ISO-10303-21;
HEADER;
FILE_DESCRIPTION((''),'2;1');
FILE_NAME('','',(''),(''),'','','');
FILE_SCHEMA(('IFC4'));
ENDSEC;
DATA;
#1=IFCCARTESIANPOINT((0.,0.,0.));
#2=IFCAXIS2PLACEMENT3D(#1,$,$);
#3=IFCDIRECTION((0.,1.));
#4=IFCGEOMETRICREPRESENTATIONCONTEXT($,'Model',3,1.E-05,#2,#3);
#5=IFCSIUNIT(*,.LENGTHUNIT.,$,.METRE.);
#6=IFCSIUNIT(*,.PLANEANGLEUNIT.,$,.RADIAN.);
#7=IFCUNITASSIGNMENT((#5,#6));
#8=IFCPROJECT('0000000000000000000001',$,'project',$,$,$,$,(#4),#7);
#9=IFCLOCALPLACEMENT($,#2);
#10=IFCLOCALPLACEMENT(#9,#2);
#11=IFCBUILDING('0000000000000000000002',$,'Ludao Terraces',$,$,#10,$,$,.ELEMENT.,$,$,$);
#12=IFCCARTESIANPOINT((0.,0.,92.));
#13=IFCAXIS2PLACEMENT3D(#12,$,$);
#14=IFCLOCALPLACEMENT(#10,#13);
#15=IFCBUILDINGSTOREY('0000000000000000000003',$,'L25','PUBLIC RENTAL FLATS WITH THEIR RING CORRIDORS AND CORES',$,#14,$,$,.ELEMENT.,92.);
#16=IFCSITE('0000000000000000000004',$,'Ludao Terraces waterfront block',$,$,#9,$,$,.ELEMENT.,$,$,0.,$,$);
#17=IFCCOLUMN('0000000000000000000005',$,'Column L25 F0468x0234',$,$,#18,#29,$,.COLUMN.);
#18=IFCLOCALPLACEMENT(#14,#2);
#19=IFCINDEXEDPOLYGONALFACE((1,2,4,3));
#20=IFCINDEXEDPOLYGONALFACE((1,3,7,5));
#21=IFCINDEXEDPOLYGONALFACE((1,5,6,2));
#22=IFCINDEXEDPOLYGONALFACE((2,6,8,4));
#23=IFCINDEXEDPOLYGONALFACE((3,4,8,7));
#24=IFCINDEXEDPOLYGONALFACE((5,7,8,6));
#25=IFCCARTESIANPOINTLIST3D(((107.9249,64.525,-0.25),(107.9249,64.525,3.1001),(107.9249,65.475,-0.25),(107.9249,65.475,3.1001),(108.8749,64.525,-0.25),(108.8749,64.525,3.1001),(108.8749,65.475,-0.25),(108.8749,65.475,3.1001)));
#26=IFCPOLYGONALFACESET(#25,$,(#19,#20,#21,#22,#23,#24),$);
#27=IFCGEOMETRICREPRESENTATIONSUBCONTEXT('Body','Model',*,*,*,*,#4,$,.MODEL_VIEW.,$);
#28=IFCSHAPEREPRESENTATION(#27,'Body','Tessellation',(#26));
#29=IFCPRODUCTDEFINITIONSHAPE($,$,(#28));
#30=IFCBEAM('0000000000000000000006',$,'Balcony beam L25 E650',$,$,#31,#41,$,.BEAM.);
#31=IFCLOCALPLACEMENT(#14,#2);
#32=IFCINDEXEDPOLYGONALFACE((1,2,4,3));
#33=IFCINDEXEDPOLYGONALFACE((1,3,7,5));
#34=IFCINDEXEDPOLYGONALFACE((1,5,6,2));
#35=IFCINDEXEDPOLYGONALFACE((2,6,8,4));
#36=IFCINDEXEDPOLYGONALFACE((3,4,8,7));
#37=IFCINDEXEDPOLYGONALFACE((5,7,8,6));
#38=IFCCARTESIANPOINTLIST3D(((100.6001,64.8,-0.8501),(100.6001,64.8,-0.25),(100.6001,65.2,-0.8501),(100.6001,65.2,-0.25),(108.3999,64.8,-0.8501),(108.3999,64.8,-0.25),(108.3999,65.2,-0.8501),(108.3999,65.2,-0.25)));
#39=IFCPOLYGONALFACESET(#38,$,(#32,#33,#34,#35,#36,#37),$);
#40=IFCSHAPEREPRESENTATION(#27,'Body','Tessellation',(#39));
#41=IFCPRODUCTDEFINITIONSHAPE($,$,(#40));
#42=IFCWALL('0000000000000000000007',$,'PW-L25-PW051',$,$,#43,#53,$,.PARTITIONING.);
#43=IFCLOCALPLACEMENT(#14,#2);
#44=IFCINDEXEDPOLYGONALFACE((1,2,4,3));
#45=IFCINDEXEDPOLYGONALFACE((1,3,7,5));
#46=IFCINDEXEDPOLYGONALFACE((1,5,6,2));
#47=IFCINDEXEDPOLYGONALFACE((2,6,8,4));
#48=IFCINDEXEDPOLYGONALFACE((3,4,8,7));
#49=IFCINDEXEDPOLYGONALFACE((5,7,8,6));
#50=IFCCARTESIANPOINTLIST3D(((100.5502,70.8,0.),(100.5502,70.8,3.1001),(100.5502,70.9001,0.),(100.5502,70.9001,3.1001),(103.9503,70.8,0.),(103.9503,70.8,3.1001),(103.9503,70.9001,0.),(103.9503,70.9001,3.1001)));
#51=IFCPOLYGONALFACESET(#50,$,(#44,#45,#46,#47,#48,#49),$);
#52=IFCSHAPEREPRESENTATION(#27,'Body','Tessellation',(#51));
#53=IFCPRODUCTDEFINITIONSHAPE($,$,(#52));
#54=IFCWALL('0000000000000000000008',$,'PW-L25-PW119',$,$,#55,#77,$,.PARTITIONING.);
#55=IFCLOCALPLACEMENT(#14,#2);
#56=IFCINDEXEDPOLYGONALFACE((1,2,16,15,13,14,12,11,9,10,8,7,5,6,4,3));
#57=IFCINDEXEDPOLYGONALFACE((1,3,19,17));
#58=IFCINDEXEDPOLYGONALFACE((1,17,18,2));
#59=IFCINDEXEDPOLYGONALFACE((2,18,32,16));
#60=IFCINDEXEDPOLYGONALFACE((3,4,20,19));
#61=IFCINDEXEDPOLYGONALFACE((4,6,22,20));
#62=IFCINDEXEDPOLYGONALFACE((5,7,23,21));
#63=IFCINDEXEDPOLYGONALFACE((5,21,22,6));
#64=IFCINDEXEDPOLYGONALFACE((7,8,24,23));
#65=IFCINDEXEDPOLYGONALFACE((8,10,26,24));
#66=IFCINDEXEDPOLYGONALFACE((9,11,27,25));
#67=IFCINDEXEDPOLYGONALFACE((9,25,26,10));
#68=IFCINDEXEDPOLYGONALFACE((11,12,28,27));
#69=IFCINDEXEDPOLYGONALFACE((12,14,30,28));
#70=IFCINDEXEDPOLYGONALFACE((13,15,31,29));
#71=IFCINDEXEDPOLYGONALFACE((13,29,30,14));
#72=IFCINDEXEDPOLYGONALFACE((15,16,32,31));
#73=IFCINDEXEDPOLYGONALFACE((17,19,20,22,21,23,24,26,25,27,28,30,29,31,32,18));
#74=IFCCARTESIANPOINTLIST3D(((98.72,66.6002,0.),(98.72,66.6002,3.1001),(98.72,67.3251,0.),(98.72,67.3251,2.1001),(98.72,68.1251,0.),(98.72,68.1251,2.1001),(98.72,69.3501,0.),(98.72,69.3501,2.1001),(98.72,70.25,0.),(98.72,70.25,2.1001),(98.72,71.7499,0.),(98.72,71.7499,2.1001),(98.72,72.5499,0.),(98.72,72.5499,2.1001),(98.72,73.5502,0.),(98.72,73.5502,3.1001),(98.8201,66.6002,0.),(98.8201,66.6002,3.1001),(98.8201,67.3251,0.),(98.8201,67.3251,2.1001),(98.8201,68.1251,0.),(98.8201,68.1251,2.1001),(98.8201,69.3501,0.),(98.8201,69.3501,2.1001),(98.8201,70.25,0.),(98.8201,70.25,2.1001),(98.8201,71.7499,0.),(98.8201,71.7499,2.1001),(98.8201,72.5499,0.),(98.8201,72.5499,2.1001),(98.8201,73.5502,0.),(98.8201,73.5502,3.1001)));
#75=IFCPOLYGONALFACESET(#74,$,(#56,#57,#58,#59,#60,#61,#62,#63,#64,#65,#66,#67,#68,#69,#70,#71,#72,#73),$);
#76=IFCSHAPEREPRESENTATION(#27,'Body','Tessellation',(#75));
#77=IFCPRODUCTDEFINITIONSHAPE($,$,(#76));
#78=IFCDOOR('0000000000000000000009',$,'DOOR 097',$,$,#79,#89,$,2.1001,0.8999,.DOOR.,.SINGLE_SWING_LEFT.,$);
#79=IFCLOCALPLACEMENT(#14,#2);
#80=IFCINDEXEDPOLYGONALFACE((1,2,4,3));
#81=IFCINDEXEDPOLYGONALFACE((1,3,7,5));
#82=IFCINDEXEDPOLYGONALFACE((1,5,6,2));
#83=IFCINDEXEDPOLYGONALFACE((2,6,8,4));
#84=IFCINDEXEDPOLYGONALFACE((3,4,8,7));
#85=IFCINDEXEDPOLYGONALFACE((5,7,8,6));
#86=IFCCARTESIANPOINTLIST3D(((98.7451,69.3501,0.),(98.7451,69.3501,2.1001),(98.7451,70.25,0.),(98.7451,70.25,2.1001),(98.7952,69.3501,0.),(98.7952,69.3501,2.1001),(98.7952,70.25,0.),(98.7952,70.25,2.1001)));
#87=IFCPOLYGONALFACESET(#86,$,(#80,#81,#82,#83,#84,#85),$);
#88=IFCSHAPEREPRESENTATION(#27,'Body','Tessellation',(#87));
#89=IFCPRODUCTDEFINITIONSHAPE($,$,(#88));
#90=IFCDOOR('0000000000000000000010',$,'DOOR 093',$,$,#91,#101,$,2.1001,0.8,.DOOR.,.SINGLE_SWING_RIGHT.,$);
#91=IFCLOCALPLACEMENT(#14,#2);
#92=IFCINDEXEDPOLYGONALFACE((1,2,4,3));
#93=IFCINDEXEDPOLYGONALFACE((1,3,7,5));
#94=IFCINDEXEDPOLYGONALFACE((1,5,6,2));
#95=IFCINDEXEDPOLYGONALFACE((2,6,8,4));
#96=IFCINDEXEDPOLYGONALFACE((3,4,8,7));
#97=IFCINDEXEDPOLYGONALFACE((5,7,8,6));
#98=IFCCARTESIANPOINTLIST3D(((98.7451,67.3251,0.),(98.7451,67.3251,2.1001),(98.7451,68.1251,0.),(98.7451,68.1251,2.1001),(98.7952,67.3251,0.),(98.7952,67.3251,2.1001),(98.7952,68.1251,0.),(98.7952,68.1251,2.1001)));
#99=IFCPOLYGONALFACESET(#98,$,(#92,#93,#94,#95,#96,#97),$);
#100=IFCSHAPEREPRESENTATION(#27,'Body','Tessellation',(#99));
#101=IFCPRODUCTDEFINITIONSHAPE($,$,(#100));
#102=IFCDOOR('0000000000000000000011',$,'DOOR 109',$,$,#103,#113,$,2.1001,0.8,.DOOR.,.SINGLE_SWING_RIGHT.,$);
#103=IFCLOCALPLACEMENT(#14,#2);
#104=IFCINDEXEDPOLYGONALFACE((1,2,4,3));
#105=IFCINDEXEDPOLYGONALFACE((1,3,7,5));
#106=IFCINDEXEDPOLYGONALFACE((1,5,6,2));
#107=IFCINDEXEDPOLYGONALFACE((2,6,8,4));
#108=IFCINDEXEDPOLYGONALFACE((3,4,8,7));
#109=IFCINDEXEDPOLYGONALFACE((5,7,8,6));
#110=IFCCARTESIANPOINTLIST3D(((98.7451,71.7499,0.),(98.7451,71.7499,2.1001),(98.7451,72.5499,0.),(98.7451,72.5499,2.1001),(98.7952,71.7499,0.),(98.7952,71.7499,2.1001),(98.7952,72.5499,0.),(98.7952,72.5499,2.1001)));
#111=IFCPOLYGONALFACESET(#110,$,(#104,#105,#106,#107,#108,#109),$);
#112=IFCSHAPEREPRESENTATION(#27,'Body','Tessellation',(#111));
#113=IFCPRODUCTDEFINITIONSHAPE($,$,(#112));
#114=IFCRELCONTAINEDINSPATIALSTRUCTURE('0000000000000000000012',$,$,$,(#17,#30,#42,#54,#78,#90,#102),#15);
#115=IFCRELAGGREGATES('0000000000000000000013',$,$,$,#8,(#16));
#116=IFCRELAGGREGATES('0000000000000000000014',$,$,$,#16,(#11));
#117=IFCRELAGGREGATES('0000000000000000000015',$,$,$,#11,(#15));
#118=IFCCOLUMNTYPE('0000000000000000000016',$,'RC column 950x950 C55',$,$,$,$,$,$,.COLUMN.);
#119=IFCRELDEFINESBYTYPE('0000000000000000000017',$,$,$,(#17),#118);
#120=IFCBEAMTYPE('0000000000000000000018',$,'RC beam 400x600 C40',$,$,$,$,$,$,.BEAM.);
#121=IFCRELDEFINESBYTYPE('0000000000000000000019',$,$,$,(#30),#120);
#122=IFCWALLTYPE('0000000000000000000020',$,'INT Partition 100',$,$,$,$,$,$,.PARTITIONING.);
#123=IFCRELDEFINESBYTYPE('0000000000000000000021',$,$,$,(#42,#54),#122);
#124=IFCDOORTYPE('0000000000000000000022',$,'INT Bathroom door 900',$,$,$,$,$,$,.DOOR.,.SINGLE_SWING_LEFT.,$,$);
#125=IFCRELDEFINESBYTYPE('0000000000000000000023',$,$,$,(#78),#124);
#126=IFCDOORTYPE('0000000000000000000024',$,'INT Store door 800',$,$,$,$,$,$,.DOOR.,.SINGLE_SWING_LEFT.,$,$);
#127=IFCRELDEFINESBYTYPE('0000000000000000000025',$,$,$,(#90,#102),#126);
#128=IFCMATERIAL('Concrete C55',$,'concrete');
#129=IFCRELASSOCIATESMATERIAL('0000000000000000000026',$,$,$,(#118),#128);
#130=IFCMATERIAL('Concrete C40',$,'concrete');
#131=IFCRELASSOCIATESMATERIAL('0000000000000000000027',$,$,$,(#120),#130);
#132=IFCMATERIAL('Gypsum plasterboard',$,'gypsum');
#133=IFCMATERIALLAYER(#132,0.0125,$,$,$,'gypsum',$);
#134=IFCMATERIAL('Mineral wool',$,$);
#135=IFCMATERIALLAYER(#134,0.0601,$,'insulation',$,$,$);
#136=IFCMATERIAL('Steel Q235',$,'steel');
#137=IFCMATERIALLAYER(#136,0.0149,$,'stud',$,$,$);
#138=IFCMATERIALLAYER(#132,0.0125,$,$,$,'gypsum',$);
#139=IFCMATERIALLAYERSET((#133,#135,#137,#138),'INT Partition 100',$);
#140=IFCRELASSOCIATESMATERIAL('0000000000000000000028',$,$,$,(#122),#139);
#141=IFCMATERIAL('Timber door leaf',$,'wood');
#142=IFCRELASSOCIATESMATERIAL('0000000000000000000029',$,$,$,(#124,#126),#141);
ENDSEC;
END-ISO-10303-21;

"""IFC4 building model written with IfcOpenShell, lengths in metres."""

from ifc_helpers import new_model, si_unit, direction, frame, frame_2d, origin, origin_2d, place, context, subcontext, project, spatial, rectangle, extrude, material, layer, layer_set, material_profile, profile_set, type_object, element, fill, save


model = new_model("IFC4")

# Units and contexts
model_context = context("Model", 3, precision=1e-05, world=origin(), true_north=direction((0.0, 1.0)))
body_context = subcontext(model_context, "Body", "Model", "MODEL_VIEW")
ifc_project = project(units=[si_unit("LENGTHUNIT", "METRE"), si_unit("PLANEANGLEUNIT", "RADIAN")], contexts=[model_context])

# Site, building, storey
site_placement = place(None, origin())
site = spatial("IfcSite", under=ifc_project, at=site_placement, Name="Ludao Terraces waterfront block", CompositionType="ELEMENT", RefElevation=0.0)
building_placement = place(site_placement, origin())
building = spatial("IfcBuilding", under=site, at=building_placement, Name="Ludao Terraces", CompositionType="ELEMENT")
storey_placement = place(building_placement, frame((0.0, 0.0, 92.0)))
storey = spatial("IfcBuildingStorey", under=building, at=storey_placement, Name="L25", Description="PUBLIC RENTAL FLATS WITH THEIR RING CORRIDORS AND CORES", CompositionType="ELEMENT", Elevation=92.0)

# Column
ifc_material_1 = material(Name="Concrete C55", Category="concrete")
ifc_material_profile_1 = material_profile(ifc_material_1, rectangle(XDim=0.95, YDim=0.95, at=origin_2d()), Name="950 X 950")
ifc_profile_set_1 = profile_set([ifc_material_profile_1], Name="Concrete C55")
column_type = type_object("IfcColumnType", Name="RC column 950x950 C55", PredefinedType="COLUMN", material=ifc_profile_set_1)
column_placement = place(storey_placement, frame((108.3999, 65.0, -0.25), z_axis=(0.0, 0.0, 1.0), x_axis=(1.0, 0.0, 0.0)))
element("IfcColumn", 1, at=column_placement, inside=storey, type_object=column_type, Name="Column L25 F0468x0234", PredefinedType="COLUMN", context=body_context, shape_type="SweptSolid", body=[
    extrude(rectangle(XDim=0.95, YDim=0.95, at=origin_2d()), origin(), (0.0, 0.0, 1.0), 3.3501),
])

# Beam
ifc_material_2 = material(Name="Concrete C40", Category="concrete")
ifc_material_profile_2 = material_profile(ifc_material_2, rectangle(XDim=0.3999, YDim=0.6001, at=origin_2d()), Name="400 X 600")
ifc_profile_set_2 = profile_set([ifc_material_profile_2], Name="Concrete C40")
beam_type = type_object("IfcBeamType", Name="RC beam 400x600 C40", PredefinedType="BEAM", material=ifc_profile_set_2)
beam_placement = place(storey_placement, frame((100.6001, 65.0, -0.55), z_axis=(1.0, 0.0, 0.0), x_axis=(0.0, 1.0, 0.0)))
element("IfcBeam", 2, at=beam_placement, inside=storey, type_object=beam_type, Name="Balcony beam L25 E650", PredefinedType="BEAM", context=body_context, shape_type="SweptSolid", body=[
    extrude(rectangle(XDim=0.3999, YDim=0.6001, at=origin_2d()), origin(), (0.0, 0.0, 1.0), 7.7998),
])

# Shared definitions
ifc_material_3 = material(Name="Mineral wool")

# Wall
ifc_material_4 = material(Name="Gypsum plasterboard", Category="gypsum")
ifc_layer_1 = layer(ifc_material_4, 0.0125, Category="gypsum")
ifc_layer_2 = layer(ifc_material_3, 0.0601, Name="insulation")
ifc_material_5 = material(Name="Steel Q235", Category="steel")
ifc_layer_3 = layer(ifc_material_5, 0.0149, Name="stud")
ifc_layer_4 = layer(ifc_material_4, 0.0125, Category="gypsum")
ifc_layer_set_1 = layer_set([ifc_layer_1, ifc_layer_2, ifc_layer_3, ifc_layer_4], Name="INT Partition 100")
wall_type_1 = type_object("IfcWallType", Name="INT Partition 100", PredefinedType="PARTITIONING", material=ifc_layer_set_1)
wall_1_placement = place(storey_placement, frame((100.55, 70.8501, 0.0), z_axis=(0.0, 0.0, 1.0), x_axis=(1.0, 0.0, 0.0)))
element("IfcWall", 3, at=wall_1_placement, inside=storey, type_object=wall_type_1, Name="PW-L25-PW051", PredefinedType="PARTITIONING", context=body_context, shape_type="SweptSolid", body=[
    extrude(rectangle(XDim=3.4001, YDim=0.1001, at=frame_2d((1.7002, 0.0))), origin(), (0.0, 0.0, 1.0), 3.1001),
])

# Wall, openings, doors
wall_2_placement = place(storey_placement, frame((98.77, 66.6001, 0.0), z_axis=(0.0, 0.0, 1.0), x_axis=(0.0, 1.0, 0.0)))
wall_2 = element("IfcWall", 4, at=wall_2_placement, inside=storey, type_object=wall_type_1, Name="PW-L25-PW119", PredefinedType="PARTITIONING", context=body_context, shape_type="SweptSolid", body=[
    extrude(rectangle(XDim=6.95, YDim=0.1001, at=frame_2d((3.4751, 0.0))), origin(), (0.0, 0.0, 1.0), 3.1001),
])
opening_1_placement = place(wall_2_placement, frame((0.7251, 0.0, 0.0)))
opening_1 = element("IfcOpeningElement", 5, at=opening_1_placement, cuts=wall_2, PredefinedType="OPENING", context=body_context, shape_type="SweptSolid", body=[
    extrude(rectangle(XDim=0.8, YDim=2.1001, at=frame_2d((0.3999, 1.05))), frame((0.0, 0.0601, 0.0), z_axis=(0.0, -1.0, 0.0), x_axis=(1.0, 0.0, 0.0)), (0.0, 0.0, 1.0), 0.1201),
])
opening_2_placement = place(wall_2_placement, frame((2.75, 0.0, 0.0)))
opening_2 = element("IfcOpeningElement", 6, at=opening_2_placement, cuts=wall_2, PredefinedType="OPENING", context=body_context, shape_type="SweptSolid", body=[
    extrude(rectangle(XDim=0.8999, YDim=2.1001, at=frame_2d((0.45, 1.05))), frame((0.0, 0.0601, 0.0), z_axis=(0.0, -1.0, 0.0), x_axis=(1.0, 0.0, 0.0)), (0.0, 0.0, 1.0), 0.1201),
])
opening_3_placement = place(wall_2_placement, frame((5.1499, 0.0, 0.0)))
opening_3 = element("IfcOpeningElement", 7, at=opening_3_placement, cuts=wall_2, PredefinedType="OPENING", context=body_context, shape_type="SweptSolid", body=[
    extrude(rectangle(XDim=0.8, YDim=2.1001, at=frame_2d((0.3999, 1.05))), frame((0.0, 0.0601, 0.0), z_axis=(0.0, -1.0, 0.0), x_axis=(1.0, 0.0, 0.0)), (0.0, 0.0, 1.0), 0.1201),
])
ifc_material_6 = material(Name="Timber door leaf", Category="wood")
door_type_1 = type_object("IfcDoorType", Name="INT Bathroom door 900", OperationType="SINGLE_SWING_LEFT", PredefinedType="DOOR", material=ifc_material_6)
door_1_placement = place(opening_2_placement, origin())
door_1 = element("IfcDoor", 8, at=door_1_placement, inside=storey, type_object=door_type_1, Name="DOOR 097", OperationType="SINGLE_SWING_LEFT", OverallHeight=2.1001, OverallWidth=0.8999, PredefinedType="DOOR", context=body_context, shape_type="SweptSolid", body=[
    extrude(rectangle(XDim=0.8999, YDim=2.1001, at=frame_2d((0.45, 1.05))), frame((0.0, 0.0249, 0.0), z_axis=(0.0, -1.0, 0.0), x_axis=(1.0, 0.0, 0.0)), (0.0, 0.0, 1.0), 0.05),
])
fill(opening_2, door_1)
door_type_2 = type_object("IfcDoorType", Name="INT Store door 800", OperationType="SINGLE_SWING_LEFT", PredefinedType="DOOR", material=ifc_material_6)
door_2_placement = place(opening_1_placement, origin())
door_2 = element("IfcDoor", 9, at=door_2_placement, inside=storey, type_object=door_type_2, Name="DOOR 093", OperationType="SINGLE_SWING_RIGHT", OverallHeight=2.1001, OverallWidth=0.8, PredefinedType="DOOR", context=body_context, shape_type="SweptSolid", body=[
    extrude(rectangle(XDim=0.8, YDim=2.1001, at=frame_2d((0.3999, 1.05))), frame((0.0, 0.0249, 0.0), z_axis=(0.0, -1.0, 0.0), x_axis=(1.0, 0.0, 0.0)), (0.0, 0.0, 1.0), 0.05),
])
fill(opening_1, door_2)
door_3_placement = place(opening_3_placement, origin())
door_3 = element("IfcDoor", 10, at=door_3_placement, inside=storey, type_object=door_type_2, Name="DOOR 109", OperationType="SINGLE_SWING_RIGHT", OverallHeight=2.1001, OverallWidth=0.8, PredefinedType="DOOR", context=body_context, shape_type="SweptSolid", body=[
    extrude(rectangle(XDim=0.8, YDim=2.1001, at=frame_2d((0.3999, 1.05))), frame((0.0, 0.0249, 0.0), z_axis=(0.0, -1.0, 0.0), x_axis=(1.0, 0.0, 0.0)), (0.0, 0.0, 1.0), 0.05),
])
fill(opening_3, door_3)

save(model, "model.ifc")
